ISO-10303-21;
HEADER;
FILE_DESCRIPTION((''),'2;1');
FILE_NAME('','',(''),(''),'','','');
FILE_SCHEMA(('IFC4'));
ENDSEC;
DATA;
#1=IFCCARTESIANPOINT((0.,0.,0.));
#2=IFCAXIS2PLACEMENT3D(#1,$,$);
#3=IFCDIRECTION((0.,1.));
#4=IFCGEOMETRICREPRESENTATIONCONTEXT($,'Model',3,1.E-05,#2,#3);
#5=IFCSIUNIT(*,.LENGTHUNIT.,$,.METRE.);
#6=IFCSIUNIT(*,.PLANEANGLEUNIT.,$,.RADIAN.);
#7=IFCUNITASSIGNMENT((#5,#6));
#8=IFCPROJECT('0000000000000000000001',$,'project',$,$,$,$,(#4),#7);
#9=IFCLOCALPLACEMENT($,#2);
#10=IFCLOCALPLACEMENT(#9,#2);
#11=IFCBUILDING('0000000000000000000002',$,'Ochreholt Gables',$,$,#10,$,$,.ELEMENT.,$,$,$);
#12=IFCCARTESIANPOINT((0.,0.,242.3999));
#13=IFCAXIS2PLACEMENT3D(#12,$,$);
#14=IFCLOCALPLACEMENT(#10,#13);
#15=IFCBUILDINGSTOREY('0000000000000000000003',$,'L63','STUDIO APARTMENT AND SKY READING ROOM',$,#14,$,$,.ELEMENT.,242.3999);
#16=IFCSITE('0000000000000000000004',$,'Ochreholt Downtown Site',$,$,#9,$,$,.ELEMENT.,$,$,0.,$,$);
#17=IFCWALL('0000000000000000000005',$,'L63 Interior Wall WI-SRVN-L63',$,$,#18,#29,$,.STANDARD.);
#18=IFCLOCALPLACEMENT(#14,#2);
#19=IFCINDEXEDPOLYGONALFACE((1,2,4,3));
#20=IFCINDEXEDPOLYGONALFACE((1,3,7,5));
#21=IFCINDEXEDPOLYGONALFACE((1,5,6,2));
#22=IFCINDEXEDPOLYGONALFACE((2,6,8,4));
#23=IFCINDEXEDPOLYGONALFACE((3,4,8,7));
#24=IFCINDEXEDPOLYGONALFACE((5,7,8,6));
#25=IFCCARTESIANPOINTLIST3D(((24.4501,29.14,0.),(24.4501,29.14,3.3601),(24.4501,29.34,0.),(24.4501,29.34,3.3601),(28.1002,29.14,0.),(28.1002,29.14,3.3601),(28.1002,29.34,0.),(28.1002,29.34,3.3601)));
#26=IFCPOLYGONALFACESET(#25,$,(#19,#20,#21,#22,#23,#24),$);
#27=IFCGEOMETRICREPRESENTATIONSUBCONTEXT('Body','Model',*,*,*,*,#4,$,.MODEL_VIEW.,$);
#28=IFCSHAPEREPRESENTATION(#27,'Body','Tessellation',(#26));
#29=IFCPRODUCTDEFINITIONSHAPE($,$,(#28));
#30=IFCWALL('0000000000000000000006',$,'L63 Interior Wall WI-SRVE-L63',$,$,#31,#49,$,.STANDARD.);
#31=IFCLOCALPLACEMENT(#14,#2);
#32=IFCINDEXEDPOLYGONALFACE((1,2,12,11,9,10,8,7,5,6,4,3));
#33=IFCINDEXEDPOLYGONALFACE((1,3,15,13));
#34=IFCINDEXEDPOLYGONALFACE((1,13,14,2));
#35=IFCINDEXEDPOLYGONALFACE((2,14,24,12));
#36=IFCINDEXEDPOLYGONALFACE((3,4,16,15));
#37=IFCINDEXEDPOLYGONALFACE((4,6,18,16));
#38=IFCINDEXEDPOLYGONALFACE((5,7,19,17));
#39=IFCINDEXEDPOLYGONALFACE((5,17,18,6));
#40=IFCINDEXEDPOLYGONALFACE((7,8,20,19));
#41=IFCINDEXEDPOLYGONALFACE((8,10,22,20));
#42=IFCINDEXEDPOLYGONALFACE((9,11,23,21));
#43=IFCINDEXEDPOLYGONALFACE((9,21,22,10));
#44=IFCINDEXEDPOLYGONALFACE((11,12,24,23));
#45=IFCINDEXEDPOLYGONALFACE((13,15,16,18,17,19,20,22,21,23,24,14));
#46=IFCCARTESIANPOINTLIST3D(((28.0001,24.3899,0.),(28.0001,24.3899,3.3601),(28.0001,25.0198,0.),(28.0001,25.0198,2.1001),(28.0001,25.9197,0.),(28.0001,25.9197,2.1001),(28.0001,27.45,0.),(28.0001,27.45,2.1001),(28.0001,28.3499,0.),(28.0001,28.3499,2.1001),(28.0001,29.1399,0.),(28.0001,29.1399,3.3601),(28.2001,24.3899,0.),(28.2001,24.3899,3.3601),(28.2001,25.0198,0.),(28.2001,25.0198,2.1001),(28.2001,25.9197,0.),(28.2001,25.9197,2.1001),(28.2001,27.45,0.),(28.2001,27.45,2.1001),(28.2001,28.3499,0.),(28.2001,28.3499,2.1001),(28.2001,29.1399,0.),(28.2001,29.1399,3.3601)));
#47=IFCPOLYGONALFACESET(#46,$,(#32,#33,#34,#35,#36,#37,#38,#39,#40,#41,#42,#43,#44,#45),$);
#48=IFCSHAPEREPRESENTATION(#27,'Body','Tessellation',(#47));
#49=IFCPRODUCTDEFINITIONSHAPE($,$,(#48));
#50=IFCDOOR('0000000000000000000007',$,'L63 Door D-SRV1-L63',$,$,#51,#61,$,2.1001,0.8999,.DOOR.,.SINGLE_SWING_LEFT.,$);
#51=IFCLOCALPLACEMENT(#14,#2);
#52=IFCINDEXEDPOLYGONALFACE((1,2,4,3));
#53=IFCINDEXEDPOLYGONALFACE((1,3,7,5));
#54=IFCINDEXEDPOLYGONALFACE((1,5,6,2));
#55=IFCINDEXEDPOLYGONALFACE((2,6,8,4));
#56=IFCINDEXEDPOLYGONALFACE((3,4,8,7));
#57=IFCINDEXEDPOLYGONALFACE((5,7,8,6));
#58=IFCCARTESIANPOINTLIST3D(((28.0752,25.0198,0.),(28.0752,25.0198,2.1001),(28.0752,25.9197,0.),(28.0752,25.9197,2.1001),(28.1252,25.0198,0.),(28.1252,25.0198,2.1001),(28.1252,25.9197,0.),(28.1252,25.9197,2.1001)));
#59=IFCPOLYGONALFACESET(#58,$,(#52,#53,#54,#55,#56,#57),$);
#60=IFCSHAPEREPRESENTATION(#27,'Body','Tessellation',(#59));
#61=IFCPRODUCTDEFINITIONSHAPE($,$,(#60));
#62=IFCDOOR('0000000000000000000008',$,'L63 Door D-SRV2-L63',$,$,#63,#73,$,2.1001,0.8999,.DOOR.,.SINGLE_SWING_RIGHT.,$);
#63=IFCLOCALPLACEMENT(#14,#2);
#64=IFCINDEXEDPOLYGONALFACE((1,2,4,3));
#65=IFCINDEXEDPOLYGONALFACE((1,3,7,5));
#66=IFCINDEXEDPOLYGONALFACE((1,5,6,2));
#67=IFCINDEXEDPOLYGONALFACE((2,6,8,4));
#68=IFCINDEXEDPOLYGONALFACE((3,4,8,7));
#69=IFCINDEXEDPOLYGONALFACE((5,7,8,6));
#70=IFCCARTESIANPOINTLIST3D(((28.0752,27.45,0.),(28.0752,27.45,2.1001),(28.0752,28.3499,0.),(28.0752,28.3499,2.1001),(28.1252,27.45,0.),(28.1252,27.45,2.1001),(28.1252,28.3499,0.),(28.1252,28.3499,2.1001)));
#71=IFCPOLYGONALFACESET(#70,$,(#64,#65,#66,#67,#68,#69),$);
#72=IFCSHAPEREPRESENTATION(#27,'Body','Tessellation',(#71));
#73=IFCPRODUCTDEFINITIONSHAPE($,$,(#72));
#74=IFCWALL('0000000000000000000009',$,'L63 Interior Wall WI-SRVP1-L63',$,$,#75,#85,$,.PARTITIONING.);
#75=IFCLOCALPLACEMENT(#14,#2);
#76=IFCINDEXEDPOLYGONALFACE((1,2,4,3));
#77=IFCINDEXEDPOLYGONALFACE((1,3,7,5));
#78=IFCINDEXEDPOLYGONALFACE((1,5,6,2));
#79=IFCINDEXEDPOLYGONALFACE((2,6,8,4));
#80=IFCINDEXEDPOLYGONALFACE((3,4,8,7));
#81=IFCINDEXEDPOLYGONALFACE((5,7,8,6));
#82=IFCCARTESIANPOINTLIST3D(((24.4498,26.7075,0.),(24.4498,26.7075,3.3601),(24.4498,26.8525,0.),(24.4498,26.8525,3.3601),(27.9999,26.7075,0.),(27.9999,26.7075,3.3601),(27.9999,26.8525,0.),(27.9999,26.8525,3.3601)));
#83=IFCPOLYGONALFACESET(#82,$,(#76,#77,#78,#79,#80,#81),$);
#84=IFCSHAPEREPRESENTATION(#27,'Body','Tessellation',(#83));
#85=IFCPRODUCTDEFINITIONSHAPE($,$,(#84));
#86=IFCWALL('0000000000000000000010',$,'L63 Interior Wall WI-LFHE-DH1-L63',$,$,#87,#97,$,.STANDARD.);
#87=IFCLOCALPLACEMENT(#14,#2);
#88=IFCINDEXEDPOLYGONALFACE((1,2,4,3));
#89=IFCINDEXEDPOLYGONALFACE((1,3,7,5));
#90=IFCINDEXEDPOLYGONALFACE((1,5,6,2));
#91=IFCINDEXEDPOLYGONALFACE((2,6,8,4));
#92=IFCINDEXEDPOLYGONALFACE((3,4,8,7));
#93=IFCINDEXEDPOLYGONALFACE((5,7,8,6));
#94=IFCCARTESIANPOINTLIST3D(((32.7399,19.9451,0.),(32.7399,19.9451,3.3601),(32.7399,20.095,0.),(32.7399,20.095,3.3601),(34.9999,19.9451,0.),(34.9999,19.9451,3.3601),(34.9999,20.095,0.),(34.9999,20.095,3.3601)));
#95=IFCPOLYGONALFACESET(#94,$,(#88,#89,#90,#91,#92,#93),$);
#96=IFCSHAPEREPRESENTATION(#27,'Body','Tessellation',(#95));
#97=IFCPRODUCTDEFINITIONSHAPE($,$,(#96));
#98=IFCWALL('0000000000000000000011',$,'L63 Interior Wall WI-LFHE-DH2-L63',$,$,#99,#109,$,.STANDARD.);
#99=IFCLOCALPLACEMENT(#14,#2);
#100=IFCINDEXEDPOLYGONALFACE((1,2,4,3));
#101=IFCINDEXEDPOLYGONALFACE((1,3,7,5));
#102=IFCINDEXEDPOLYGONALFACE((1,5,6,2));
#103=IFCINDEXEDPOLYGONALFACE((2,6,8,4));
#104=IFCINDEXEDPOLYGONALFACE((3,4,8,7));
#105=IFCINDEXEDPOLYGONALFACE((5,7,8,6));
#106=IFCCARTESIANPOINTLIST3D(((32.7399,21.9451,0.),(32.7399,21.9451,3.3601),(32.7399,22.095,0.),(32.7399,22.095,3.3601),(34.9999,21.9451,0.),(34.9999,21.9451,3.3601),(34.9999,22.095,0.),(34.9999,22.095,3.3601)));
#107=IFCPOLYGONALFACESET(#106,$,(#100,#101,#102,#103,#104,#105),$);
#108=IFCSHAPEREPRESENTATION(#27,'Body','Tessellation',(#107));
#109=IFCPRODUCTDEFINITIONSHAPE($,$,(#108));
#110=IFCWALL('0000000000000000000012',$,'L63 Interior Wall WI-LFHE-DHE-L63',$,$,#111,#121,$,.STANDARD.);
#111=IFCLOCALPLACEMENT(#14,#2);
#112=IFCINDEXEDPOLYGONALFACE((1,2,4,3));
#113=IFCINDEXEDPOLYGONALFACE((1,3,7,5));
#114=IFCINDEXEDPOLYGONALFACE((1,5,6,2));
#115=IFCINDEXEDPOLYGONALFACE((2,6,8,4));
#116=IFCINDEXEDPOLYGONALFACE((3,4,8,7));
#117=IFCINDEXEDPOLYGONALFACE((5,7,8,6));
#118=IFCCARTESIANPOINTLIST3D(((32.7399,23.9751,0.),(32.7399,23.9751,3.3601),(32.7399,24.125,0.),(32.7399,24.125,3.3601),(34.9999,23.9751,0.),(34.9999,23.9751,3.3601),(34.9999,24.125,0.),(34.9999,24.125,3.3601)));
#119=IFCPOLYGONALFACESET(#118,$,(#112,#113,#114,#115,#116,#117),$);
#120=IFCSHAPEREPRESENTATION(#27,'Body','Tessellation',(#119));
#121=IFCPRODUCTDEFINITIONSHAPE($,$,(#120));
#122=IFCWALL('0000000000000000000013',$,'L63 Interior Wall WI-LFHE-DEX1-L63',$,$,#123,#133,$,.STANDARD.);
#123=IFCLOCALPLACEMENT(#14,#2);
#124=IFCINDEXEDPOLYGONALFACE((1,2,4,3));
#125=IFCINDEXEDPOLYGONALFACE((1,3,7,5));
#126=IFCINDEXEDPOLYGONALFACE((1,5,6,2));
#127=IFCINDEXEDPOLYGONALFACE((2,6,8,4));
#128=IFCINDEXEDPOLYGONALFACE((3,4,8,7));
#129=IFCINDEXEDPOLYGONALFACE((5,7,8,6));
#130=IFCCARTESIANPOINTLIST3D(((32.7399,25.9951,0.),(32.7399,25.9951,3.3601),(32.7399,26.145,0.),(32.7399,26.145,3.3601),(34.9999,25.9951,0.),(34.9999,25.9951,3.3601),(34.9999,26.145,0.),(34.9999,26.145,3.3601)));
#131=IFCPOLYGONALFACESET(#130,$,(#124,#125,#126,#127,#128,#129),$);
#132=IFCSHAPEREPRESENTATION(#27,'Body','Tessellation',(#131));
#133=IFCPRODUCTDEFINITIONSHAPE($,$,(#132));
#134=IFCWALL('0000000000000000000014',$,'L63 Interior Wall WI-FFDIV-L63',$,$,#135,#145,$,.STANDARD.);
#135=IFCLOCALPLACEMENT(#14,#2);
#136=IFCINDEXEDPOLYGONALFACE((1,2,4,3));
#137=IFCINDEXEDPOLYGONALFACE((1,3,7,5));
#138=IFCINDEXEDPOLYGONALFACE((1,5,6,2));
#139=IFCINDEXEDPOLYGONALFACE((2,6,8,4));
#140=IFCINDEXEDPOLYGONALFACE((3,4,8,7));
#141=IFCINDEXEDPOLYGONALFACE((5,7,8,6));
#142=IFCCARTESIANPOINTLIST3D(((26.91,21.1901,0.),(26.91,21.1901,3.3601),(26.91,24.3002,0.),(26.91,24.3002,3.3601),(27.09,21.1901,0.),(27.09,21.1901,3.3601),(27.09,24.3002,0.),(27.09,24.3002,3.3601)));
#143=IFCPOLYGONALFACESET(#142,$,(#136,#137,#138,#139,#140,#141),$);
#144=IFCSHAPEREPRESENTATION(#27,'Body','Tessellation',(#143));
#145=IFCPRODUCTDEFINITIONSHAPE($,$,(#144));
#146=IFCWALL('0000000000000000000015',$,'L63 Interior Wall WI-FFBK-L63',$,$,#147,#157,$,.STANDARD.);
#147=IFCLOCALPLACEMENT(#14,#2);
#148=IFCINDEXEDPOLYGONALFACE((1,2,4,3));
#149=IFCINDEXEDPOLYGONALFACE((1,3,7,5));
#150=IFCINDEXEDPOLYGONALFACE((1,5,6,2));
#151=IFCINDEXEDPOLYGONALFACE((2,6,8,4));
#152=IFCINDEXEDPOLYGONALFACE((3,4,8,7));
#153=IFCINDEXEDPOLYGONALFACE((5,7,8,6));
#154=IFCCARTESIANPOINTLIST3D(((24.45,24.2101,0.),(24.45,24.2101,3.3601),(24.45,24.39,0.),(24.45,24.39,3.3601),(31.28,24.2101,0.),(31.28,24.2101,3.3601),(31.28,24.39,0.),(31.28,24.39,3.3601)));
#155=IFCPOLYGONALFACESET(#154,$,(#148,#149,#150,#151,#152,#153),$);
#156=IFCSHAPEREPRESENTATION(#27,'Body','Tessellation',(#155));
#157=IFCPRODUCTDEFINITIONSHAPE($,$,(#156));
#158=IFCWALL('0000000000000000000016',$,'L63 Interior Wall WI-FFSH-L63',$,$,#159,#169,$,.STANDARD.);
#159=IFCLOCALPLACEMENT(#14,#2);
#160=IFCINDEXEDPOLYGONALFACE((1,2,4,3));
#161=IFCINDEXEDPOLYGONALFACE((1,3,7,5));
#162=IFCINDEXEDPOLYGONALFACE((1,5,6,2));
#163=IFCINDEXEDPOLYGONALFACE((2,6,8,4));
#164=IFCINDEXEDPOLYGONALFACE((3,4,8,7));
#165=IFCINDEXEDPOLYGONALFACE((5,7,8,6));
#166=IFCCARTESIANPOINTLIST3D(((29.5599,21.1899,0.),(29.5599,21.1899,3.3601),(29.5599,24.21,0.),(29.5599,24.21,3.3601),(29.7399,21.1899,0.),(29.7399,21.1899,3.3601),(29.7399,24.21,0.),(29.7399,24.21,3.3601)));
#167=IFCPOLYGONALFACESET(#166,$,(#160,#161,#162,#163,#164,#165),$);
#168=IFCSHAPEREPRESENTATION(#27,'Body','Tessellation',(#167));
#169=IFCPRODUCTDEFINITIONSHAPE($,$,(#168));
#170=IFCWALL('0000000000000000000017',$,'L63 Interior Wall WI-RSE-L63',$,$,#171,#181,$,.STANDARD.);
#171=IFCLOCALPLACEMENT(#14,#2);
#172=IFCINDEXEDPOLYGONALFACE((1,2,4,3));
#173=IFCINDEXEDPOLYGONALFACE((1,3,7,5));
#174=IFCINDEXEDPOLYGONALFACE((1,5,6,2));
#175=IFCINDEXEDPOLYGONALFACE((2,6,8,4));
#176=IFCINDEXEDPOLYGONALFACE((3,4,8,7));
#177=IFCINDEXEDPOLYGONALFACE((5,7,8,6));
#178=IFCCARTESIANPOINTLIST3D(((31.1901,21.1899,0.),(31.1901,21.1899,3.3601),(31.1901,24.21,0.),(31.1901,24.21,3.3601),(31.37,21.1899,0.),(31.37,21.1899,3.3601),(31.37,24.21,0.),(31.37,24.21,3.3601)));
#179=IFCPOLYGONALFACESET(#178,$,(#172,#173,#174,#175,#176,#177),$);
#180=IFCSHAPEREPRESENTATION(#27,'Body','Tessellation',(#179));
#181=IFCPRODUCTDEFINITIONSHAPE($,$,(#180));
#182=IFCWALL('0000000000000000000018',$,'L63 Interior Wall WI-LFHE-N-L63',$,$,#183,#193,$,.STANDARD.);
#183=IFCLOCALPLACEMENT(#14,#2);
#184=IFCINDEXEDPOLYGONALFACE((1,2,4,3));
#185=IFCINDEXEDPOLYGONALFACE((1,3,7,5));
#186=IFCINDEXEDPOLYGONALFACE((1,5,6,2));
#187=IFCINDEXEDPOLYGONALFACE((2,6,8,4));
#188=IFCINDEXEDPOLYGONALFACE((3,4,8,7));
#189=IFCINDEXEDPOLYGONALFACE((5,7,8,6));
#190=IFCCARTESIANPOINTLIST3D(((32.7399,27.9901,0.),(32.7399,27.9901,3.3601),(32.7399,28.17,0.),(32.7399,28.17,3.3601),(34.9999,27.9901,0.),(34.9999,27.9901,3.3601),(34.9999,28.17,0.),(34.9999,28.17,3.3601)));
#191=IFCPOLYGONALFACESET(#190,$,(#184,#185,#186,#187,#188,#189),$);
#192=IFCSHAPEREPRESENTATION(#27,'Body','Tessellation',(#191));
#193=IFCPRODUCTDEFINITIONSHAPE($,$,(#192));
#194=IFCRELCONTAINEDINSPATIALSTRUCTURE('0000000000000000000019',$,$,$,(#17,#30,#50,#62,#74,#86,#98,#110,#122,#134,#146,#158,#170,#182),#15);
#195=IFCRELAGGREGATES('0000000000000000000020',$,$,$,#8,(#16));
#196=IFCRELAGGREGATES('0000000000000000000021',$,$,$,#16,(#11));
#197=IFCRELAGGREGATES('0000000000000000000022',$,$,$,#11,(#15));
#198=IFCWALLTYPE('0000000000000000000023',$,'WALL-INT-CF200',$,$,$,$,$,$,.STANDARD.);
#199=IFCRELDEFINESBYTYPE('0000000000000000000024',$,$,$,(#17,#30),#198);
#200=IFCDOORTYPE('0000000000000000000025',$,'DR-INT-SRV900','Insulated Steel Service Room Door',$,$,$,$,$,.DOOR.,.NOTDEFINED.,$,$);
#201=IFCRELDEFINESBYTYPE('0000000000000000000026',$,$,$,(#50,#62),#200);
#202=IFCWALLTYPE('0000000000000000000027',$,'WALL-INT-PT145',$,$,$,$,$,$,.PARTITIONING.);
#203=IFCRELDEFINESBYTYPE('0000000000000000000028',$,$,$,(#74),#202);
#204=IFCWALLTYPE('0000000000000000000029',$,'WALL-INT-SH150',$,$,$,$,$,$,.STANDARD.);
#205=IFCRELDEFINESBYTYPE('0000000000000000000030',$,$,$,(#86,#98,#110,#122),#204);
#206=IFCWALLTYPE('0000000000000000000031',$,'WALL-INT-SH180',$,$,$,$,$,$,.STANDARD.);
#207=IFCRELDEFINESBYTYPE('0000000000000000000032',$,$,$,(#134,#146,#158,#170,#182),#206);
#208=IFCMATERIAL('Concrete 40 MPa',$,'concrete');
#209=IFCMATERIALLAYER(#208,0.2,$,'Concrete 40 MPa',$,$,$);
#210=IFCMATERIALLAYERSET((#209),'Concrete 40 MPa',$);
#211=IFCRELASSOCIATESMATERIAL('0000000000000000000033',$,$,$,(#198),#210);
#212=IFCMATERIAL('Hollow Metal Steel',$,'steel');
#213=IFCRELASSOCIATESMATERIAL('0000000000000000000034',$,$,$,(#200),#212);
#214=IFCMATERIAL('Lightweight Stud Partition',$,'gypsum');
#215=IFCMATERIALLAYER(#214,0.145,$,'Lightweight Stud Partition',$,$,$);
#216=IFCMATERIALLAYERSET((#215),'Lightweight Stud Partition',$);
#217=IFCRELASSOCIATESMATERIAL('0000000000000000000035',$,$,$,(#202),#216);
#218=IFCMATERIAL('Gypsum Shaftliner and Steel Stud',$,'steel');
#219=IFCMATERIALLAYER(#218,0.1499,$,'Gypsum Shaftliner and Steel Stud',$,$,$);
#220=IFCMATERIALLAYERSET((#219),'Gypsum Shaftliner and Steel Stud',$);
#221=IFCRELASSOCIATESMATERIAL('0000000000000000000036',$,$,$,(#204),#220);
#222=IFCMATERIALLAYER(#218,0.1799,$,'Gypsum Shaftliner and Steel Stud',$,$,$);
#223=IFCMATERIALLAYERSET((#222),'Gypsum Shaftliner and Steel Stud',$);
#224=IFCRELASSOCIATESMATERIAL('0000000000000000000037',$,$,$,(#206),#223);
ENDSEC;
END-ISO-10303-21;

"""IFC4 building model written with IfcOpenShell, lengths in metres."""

from ifc_helpers import new_model, si_unit, direction, frame, frame_2d, origin, place, context, subcontext, project, spatial, rectangle, extrude, material, layer, layer_set, type_object, element, fill, save


model = new_model("IFC4")

# Units and contexts
model_context = context("Model", 3, precision=1e-05, world=origin(), true_north=direction((0.0, 1.0)))
body_context = subcontext(model_context, "Body", "Model", "MODEL_VIEW")
ifc_project = project(units=[si_unit("LENGTHUNIT", "METRE"), si_unit("PLANEANGLEUNIT", "RADIAN")], contexts=[model_context])

# Site, building, storey
site_placement = place(None, origin())
site = spatial("IfcSite", under=ifc_project, at=site_placement, Name="Ochreholt Downtown Site", CompositionType="ELEMENT", RefElevation=0.0)
building_placement = place(site_placement, origin())
building = spatial("IfcBuilding", under=site, at=building_placement, Name="Ochreholt Gables", CompositionType="ELEMENT")
storey_placement = place(building_placement, frame((0.0, 0.0, 242.3999)))
storey = spatial("IfcBuildingStorey", under=building, at=storey_placement, Name="L63", Description="STUDIO APARTMENT AND SKY READING ROOM", CompositionType="ELEMENT", Elevation=242.3999)

# Shared definitions
ifc_material_1 = material(Name="Concrete 40 MPa", Category="concrete")
ifc_layer_1 = layer(ifc_material_1, 0.2, Name="Concrete 40 MPa")
ifc_layer_set_1 = layer_set([ifc_layer_1], Name="Concrete 40 MPa")
wall_type_1 = type_object("IfcWallType", Name="WALL-INT-CF200", PredefinedType="STANDARD", material=ifc_layer_set_1)

# Wall
wall_1_placement = place(storey_placement, frame((24.45, 29.24, 0.0), z_axis=(0.0, 0.0, 1.0), x_axis=(1.0, 0.0, 0.0)))
element("IfcWall", 1, at=wall_1_placement, inside=storey, type_object=wall_type_1, Name="L63 Interior Wall WI-SRVN-L63", PredefinedType="STANDARD", context=body_context, shape_type="SweptSolid", body=[
    extrude(rectangle(XDim=3.6501, YDim=0.2, at=frame_2d((1.8252, 0.0))), origin(), (0.0, 0.0, 1.0), 3.3601),
])

# Wall, openings, doors
wall_2_placement = place(storey_placement, frame((28.1001, 24.3899, 0.0), z_axis=(0.0, 0.0, 1.0), x_axis=(0.0, 1.0, 0.0)))
wall_2 = element("IfcWall", 2, at=wall_2_placement, inside=storey, type_object=wall_type_1, Name="L63 Interior Wall WI-SRVE-L63", PredefinedType="STANDARD", context=body_context, shape_type="SweptSolid", body=[
    extrude(rectangle(XDim=4.75, YDim=0.2, at=frame_2d((2.375, 0.0))), origin(), (0.0, 0.0, 1.0), 3.3601),
])
opening_1_placement = place(wall_2_placement, frame((0.6299, 0.0, 0.0)))
opening_1 = element("IfcOpeningElement", 3, at=opening_1_placement, cuts=wall_2, PredefinedType="OPENING", context=body_context, shape_type="SweptSolid", body=[
    extrude(rectangle(XDim=0.8999, YDim=2.1001, at=frame_2d((0.45, 1.05))), frame((0.0, 0.1099, 0.0), z_axis=(0.0, -1.0, 0.0), x_axis=(1.0, 0.0, 0.0)), (0.0, 0.0, 1.0), 0.22),
])
opening_2_placement = place(wall_2_placement, frame((3.0601, 0.0, 0.0)))
opening_2 = element("IfcOpeningElement", 4, at=opening_2_placement, cuts=wall_2, PredefinedType="OPENING", context=body_context, shape_type="SweptSolid", body=[
    extrude(rectangle(XDim=0.8999, YDim=2.1001, at=frame_2d((0.45, 1.05))), frame((0.0, 0.1099, 0.0), z_axis=(0.0, -1.0, 0.0), x_axis=(1.0, 0.0, 0.0)), (0.0, 0.0, 1.0), 0.22),
])
ifc_material_2 = material(Name="Hollow Metal Steel", Category="steel")
door_type_1 = type_object("IfcDoorType", Name="DR-INT-SRV900", Description="Insulated Steel Service Room Door", OperationType="NOTDEFINED", PredefinedType="DOOR", material=ifc_material_2)
door_1_placement = place(opening_1_placement, origin())
door_1 = element("IfcDoor", 5, at=door_1_placement, inside=storey, type_object=door_type_1, Name="L63 Door D-SRV1-L63", OperationType="SINGLE_SWING_LEFT", OverallHeight=2.1001, OverallWidth=0.8999, PredefinedType="DOOR", context=body_context, shape_type="SweptSolid", body=[
    extrude(rectangle(XDim=0.8999, YDim=2.1001, at=frame_2d((0.45, 1.05))), frame((0.0, 0.0249, 0.0), z_axis=(0.0, -1.0, 0.0), x_axis=(1.0, 0.0, 0.0)), (0.0, 0.0, 1.0), 0.05),
])
fill(opening_1, door_1)
door_2_placement = place(opening_2_placement, origin())
door_2 = element("IfcDoor", 6, at=door_2_placement, inside=storey, type_object=door_type_1, Name="L63 Door D-SRV2-L63", OperationType="SINGLE_SWING_RIGHT", OverallHeight=2.1001, OverallWidth=0.8999, PredefinedType="DOOR", context=body_context, shape_type="SweptSolid", body=[
    extrude(rectangle(XDim=0.8999, YDim=2.1001, at=frame_2d((0.45, 1.05))), frame((0.0, 0.0249, 0.0), z_axis=(0.0, -1.0, 0.0), x_axis=(1.0, 0.0, 0.0)), (0.0, 0.0, 1.0), 0.05),
])
fill(opening_2, door_2)

# Walls
ifc_material_3 = material(Name="Lightweight Stud Partition", Category="gypsum")
ifc_layer_2 = layer(ifc_material_3, 0.145, Name="Lightweight Stud Partition")
ifc_layer_set_2 = layer_set([ifc_layer_2], Name="Lightweight Stud Partition")
wall_type_2 = type_object("IfcWallType", Name="WALL-INT-PT145", PredefinedType="PARTITIONING", material=ifc_layer_set_2)
wall_3_placement = place(storey_placement, frame((24.45, 26.78, 0.0), z_axis=(0.0, 0.0, 1.0), x_axis=(1.0, 0.0, 0.0)))
element("IfcWall", 7, at=wall_3_placement, inside=storey, type_object=wall_type_2, Name="L63 Interior Wall WI-SRVP1-L63", PredefinedType="PARTITIONING", context=body_context, shape_type="SweptSolid", body=[
    extrude(rectangle(XDim=3.55, YDim=0.145, at=frame_2d((1.7749, 0.0))), origin(), (0.0, 0.0, 1.0), 3.3601),
])
ifc_material_4 = material(Name="Gypsum Shaftliner and Steel Stud", Category="steel")
ifc_layer_3 = layer(ifc_material_4, 0.1499, Name="Gypsum Shaftliner and Steel Stud")
ifc_layer_set_3 = layer_set([ifc_layer_3], Name="Gypsum Shaftliner and Steel Stud")
wall_type_3 = type_object("IfcWallType", Name="WALL-INT-SH150", PredefinedType="STANDARD", material=ifc_layer_set_3)
for number, where, z_axis, x_axis, name in (
    (8, (32.74, 20.02, 0.0), (0.0, 0.0, 1.0), (1.0, 0.0, 0.0), "L63 Interior Wall WI-LFHE-DH1-L63"),
    (9, (32.74, 22.02, 0.0), (0.0, 0.0, 1.0), (1.0, 0.0, 0.0), "L63 Interior Wall WI-LFHE-DH2-L63"),
    (10, (32.74, 24.05, 0.0), (0.0, 0.0, 1.0), (1.0, 0.0, 0.0), "L63 Interior Wall WI-LFHE-DHE-L63"),
    (11, (32.74, 26.0701, 0.0), (0.0, 0.0, 1.0), (1.0, 0.0, 0.0), "L63 Interior Wall WI-LFHE-DEX1-L63"),
):
    element("IfcWall", number, at=place(storey_placement, frame(where, z_axis=z_axis, x_axis=x_axis)), inside=storey, type_object=wall_type_3, Name=name, PredefinedType="STANDARD", context=body_context, shape_type="SweptSolid", body=[
        extrude(rectangle(XDim=2.26, YDim=0.1499, at=frame_2d((1.1299, 0.0))), origin(), (0.0, 0.0, 1.0), 3.3601),
    ])
ifc_layer_4 = layer(ifc_material_4, 0.1799, Name="Gypsum Shaftliner and Steel Stud")
ifc_layer_set_4 = layer_set([ifc_layer_4], Name="Gypsum Shaftliner and Steel Stud")
wall_type_4 = type_object("IfcWallType", Name="WALL-INT-SH180", PredefinedType="STANDARD", material=ifc_layer_set_4)
wall_4_placement = place(storey_placement, frame((27.0, 21.1899, 0.0), z_axis=(0.0, 0.0, 1.0), x_axis=(0.0, 1.0, 0.0)))
element("IfcWall", 12, at=wall_4_placement, inside=storey, type_object=wall_type_4, Name="L63 Interior Wall WI-FFDIV-L63", PredefinedType="STANDARD", context=body_context, shape_type="SweptSolid", body=[
    extrude(rectangle(XDim=3.1101, YDim=0.1799, at=frame_2d((1.5552, 0.0))), origin(), (0.0, 0.0, 1.0), 3.3601),
])
wall_5_placement = place(storey_placement, frame((24.45, 24.3, 0.0), z_axis=(0.0, 0.0, 1.0), x_axis=(1.0, 0.0, 0.0)))
element("IfcWall", 13, at=wall_5_placement, inside=storey, type_object=wall_type_4, Name="L63 Interior Wall WI-FFBK-L63", PredefinedType="STANDARD", context=body_context, shape_type="SweptSolid", body=[
    extrude(rectangle(XDim=6.8301, YDim=0.1799, at=frame_2d((3.415, 0.0))), origin(), (0.0, 0.0, 1.0), 3.3601),
])
for number, where, z_axis, x_axis, name in (
    (14, (29.6499, 21.1899, 0.0), (0.0, 0.0, 1.0), (0.0, 1.0, 0.0), "L63 Interior Wall WI-FFSH-L63"),
    (15, (31.28, 21.1899, 0.0), (0.0, 0.0, 1.0), (0.0, 1.0, 0.0), "L63 Interior Wall WI-RSE-L63"),
):
    element("IfcWall", number, at=place(storey_placement, frame(where, z_axis=z_axis, x_axis=x_axis)), inside=storey, type_object=wall_type_4, Name=name, PredefinedType="STANDARD", context=body_context, shape_type="SweptSolid", body=[
        extrude(rectangle(XDim=3.02, YDim=0.1799, at=frame_2d((1.51, 0.0))), origin(), (0.0, 0.0, 1.0), 3.3601),
    ])
wall_6_placement = place(storey_placement, frame((32.74, 28.0801, 0.0), z_axis=(0.0, 0.0, 1.0), x_axis=(1.0, 0.0, 0.0)))
element("IfcWall", 16, at=wall_6_placement, inside=storey, type_object=wall_type_4, Name="L63 Interior Wall WI-LFHE-N-L63", PredefinedType="STANDARD", context=body_context, shape_type="SweptSolid", body=[
    extrude(rectangle(XDim=2.26, YDim=0.1799, at=frame_2d((1.1299, 0.0))), origin(), (0.0, 0.0, 1.0), 3.3601),
])

save(model, "model.ifc")
